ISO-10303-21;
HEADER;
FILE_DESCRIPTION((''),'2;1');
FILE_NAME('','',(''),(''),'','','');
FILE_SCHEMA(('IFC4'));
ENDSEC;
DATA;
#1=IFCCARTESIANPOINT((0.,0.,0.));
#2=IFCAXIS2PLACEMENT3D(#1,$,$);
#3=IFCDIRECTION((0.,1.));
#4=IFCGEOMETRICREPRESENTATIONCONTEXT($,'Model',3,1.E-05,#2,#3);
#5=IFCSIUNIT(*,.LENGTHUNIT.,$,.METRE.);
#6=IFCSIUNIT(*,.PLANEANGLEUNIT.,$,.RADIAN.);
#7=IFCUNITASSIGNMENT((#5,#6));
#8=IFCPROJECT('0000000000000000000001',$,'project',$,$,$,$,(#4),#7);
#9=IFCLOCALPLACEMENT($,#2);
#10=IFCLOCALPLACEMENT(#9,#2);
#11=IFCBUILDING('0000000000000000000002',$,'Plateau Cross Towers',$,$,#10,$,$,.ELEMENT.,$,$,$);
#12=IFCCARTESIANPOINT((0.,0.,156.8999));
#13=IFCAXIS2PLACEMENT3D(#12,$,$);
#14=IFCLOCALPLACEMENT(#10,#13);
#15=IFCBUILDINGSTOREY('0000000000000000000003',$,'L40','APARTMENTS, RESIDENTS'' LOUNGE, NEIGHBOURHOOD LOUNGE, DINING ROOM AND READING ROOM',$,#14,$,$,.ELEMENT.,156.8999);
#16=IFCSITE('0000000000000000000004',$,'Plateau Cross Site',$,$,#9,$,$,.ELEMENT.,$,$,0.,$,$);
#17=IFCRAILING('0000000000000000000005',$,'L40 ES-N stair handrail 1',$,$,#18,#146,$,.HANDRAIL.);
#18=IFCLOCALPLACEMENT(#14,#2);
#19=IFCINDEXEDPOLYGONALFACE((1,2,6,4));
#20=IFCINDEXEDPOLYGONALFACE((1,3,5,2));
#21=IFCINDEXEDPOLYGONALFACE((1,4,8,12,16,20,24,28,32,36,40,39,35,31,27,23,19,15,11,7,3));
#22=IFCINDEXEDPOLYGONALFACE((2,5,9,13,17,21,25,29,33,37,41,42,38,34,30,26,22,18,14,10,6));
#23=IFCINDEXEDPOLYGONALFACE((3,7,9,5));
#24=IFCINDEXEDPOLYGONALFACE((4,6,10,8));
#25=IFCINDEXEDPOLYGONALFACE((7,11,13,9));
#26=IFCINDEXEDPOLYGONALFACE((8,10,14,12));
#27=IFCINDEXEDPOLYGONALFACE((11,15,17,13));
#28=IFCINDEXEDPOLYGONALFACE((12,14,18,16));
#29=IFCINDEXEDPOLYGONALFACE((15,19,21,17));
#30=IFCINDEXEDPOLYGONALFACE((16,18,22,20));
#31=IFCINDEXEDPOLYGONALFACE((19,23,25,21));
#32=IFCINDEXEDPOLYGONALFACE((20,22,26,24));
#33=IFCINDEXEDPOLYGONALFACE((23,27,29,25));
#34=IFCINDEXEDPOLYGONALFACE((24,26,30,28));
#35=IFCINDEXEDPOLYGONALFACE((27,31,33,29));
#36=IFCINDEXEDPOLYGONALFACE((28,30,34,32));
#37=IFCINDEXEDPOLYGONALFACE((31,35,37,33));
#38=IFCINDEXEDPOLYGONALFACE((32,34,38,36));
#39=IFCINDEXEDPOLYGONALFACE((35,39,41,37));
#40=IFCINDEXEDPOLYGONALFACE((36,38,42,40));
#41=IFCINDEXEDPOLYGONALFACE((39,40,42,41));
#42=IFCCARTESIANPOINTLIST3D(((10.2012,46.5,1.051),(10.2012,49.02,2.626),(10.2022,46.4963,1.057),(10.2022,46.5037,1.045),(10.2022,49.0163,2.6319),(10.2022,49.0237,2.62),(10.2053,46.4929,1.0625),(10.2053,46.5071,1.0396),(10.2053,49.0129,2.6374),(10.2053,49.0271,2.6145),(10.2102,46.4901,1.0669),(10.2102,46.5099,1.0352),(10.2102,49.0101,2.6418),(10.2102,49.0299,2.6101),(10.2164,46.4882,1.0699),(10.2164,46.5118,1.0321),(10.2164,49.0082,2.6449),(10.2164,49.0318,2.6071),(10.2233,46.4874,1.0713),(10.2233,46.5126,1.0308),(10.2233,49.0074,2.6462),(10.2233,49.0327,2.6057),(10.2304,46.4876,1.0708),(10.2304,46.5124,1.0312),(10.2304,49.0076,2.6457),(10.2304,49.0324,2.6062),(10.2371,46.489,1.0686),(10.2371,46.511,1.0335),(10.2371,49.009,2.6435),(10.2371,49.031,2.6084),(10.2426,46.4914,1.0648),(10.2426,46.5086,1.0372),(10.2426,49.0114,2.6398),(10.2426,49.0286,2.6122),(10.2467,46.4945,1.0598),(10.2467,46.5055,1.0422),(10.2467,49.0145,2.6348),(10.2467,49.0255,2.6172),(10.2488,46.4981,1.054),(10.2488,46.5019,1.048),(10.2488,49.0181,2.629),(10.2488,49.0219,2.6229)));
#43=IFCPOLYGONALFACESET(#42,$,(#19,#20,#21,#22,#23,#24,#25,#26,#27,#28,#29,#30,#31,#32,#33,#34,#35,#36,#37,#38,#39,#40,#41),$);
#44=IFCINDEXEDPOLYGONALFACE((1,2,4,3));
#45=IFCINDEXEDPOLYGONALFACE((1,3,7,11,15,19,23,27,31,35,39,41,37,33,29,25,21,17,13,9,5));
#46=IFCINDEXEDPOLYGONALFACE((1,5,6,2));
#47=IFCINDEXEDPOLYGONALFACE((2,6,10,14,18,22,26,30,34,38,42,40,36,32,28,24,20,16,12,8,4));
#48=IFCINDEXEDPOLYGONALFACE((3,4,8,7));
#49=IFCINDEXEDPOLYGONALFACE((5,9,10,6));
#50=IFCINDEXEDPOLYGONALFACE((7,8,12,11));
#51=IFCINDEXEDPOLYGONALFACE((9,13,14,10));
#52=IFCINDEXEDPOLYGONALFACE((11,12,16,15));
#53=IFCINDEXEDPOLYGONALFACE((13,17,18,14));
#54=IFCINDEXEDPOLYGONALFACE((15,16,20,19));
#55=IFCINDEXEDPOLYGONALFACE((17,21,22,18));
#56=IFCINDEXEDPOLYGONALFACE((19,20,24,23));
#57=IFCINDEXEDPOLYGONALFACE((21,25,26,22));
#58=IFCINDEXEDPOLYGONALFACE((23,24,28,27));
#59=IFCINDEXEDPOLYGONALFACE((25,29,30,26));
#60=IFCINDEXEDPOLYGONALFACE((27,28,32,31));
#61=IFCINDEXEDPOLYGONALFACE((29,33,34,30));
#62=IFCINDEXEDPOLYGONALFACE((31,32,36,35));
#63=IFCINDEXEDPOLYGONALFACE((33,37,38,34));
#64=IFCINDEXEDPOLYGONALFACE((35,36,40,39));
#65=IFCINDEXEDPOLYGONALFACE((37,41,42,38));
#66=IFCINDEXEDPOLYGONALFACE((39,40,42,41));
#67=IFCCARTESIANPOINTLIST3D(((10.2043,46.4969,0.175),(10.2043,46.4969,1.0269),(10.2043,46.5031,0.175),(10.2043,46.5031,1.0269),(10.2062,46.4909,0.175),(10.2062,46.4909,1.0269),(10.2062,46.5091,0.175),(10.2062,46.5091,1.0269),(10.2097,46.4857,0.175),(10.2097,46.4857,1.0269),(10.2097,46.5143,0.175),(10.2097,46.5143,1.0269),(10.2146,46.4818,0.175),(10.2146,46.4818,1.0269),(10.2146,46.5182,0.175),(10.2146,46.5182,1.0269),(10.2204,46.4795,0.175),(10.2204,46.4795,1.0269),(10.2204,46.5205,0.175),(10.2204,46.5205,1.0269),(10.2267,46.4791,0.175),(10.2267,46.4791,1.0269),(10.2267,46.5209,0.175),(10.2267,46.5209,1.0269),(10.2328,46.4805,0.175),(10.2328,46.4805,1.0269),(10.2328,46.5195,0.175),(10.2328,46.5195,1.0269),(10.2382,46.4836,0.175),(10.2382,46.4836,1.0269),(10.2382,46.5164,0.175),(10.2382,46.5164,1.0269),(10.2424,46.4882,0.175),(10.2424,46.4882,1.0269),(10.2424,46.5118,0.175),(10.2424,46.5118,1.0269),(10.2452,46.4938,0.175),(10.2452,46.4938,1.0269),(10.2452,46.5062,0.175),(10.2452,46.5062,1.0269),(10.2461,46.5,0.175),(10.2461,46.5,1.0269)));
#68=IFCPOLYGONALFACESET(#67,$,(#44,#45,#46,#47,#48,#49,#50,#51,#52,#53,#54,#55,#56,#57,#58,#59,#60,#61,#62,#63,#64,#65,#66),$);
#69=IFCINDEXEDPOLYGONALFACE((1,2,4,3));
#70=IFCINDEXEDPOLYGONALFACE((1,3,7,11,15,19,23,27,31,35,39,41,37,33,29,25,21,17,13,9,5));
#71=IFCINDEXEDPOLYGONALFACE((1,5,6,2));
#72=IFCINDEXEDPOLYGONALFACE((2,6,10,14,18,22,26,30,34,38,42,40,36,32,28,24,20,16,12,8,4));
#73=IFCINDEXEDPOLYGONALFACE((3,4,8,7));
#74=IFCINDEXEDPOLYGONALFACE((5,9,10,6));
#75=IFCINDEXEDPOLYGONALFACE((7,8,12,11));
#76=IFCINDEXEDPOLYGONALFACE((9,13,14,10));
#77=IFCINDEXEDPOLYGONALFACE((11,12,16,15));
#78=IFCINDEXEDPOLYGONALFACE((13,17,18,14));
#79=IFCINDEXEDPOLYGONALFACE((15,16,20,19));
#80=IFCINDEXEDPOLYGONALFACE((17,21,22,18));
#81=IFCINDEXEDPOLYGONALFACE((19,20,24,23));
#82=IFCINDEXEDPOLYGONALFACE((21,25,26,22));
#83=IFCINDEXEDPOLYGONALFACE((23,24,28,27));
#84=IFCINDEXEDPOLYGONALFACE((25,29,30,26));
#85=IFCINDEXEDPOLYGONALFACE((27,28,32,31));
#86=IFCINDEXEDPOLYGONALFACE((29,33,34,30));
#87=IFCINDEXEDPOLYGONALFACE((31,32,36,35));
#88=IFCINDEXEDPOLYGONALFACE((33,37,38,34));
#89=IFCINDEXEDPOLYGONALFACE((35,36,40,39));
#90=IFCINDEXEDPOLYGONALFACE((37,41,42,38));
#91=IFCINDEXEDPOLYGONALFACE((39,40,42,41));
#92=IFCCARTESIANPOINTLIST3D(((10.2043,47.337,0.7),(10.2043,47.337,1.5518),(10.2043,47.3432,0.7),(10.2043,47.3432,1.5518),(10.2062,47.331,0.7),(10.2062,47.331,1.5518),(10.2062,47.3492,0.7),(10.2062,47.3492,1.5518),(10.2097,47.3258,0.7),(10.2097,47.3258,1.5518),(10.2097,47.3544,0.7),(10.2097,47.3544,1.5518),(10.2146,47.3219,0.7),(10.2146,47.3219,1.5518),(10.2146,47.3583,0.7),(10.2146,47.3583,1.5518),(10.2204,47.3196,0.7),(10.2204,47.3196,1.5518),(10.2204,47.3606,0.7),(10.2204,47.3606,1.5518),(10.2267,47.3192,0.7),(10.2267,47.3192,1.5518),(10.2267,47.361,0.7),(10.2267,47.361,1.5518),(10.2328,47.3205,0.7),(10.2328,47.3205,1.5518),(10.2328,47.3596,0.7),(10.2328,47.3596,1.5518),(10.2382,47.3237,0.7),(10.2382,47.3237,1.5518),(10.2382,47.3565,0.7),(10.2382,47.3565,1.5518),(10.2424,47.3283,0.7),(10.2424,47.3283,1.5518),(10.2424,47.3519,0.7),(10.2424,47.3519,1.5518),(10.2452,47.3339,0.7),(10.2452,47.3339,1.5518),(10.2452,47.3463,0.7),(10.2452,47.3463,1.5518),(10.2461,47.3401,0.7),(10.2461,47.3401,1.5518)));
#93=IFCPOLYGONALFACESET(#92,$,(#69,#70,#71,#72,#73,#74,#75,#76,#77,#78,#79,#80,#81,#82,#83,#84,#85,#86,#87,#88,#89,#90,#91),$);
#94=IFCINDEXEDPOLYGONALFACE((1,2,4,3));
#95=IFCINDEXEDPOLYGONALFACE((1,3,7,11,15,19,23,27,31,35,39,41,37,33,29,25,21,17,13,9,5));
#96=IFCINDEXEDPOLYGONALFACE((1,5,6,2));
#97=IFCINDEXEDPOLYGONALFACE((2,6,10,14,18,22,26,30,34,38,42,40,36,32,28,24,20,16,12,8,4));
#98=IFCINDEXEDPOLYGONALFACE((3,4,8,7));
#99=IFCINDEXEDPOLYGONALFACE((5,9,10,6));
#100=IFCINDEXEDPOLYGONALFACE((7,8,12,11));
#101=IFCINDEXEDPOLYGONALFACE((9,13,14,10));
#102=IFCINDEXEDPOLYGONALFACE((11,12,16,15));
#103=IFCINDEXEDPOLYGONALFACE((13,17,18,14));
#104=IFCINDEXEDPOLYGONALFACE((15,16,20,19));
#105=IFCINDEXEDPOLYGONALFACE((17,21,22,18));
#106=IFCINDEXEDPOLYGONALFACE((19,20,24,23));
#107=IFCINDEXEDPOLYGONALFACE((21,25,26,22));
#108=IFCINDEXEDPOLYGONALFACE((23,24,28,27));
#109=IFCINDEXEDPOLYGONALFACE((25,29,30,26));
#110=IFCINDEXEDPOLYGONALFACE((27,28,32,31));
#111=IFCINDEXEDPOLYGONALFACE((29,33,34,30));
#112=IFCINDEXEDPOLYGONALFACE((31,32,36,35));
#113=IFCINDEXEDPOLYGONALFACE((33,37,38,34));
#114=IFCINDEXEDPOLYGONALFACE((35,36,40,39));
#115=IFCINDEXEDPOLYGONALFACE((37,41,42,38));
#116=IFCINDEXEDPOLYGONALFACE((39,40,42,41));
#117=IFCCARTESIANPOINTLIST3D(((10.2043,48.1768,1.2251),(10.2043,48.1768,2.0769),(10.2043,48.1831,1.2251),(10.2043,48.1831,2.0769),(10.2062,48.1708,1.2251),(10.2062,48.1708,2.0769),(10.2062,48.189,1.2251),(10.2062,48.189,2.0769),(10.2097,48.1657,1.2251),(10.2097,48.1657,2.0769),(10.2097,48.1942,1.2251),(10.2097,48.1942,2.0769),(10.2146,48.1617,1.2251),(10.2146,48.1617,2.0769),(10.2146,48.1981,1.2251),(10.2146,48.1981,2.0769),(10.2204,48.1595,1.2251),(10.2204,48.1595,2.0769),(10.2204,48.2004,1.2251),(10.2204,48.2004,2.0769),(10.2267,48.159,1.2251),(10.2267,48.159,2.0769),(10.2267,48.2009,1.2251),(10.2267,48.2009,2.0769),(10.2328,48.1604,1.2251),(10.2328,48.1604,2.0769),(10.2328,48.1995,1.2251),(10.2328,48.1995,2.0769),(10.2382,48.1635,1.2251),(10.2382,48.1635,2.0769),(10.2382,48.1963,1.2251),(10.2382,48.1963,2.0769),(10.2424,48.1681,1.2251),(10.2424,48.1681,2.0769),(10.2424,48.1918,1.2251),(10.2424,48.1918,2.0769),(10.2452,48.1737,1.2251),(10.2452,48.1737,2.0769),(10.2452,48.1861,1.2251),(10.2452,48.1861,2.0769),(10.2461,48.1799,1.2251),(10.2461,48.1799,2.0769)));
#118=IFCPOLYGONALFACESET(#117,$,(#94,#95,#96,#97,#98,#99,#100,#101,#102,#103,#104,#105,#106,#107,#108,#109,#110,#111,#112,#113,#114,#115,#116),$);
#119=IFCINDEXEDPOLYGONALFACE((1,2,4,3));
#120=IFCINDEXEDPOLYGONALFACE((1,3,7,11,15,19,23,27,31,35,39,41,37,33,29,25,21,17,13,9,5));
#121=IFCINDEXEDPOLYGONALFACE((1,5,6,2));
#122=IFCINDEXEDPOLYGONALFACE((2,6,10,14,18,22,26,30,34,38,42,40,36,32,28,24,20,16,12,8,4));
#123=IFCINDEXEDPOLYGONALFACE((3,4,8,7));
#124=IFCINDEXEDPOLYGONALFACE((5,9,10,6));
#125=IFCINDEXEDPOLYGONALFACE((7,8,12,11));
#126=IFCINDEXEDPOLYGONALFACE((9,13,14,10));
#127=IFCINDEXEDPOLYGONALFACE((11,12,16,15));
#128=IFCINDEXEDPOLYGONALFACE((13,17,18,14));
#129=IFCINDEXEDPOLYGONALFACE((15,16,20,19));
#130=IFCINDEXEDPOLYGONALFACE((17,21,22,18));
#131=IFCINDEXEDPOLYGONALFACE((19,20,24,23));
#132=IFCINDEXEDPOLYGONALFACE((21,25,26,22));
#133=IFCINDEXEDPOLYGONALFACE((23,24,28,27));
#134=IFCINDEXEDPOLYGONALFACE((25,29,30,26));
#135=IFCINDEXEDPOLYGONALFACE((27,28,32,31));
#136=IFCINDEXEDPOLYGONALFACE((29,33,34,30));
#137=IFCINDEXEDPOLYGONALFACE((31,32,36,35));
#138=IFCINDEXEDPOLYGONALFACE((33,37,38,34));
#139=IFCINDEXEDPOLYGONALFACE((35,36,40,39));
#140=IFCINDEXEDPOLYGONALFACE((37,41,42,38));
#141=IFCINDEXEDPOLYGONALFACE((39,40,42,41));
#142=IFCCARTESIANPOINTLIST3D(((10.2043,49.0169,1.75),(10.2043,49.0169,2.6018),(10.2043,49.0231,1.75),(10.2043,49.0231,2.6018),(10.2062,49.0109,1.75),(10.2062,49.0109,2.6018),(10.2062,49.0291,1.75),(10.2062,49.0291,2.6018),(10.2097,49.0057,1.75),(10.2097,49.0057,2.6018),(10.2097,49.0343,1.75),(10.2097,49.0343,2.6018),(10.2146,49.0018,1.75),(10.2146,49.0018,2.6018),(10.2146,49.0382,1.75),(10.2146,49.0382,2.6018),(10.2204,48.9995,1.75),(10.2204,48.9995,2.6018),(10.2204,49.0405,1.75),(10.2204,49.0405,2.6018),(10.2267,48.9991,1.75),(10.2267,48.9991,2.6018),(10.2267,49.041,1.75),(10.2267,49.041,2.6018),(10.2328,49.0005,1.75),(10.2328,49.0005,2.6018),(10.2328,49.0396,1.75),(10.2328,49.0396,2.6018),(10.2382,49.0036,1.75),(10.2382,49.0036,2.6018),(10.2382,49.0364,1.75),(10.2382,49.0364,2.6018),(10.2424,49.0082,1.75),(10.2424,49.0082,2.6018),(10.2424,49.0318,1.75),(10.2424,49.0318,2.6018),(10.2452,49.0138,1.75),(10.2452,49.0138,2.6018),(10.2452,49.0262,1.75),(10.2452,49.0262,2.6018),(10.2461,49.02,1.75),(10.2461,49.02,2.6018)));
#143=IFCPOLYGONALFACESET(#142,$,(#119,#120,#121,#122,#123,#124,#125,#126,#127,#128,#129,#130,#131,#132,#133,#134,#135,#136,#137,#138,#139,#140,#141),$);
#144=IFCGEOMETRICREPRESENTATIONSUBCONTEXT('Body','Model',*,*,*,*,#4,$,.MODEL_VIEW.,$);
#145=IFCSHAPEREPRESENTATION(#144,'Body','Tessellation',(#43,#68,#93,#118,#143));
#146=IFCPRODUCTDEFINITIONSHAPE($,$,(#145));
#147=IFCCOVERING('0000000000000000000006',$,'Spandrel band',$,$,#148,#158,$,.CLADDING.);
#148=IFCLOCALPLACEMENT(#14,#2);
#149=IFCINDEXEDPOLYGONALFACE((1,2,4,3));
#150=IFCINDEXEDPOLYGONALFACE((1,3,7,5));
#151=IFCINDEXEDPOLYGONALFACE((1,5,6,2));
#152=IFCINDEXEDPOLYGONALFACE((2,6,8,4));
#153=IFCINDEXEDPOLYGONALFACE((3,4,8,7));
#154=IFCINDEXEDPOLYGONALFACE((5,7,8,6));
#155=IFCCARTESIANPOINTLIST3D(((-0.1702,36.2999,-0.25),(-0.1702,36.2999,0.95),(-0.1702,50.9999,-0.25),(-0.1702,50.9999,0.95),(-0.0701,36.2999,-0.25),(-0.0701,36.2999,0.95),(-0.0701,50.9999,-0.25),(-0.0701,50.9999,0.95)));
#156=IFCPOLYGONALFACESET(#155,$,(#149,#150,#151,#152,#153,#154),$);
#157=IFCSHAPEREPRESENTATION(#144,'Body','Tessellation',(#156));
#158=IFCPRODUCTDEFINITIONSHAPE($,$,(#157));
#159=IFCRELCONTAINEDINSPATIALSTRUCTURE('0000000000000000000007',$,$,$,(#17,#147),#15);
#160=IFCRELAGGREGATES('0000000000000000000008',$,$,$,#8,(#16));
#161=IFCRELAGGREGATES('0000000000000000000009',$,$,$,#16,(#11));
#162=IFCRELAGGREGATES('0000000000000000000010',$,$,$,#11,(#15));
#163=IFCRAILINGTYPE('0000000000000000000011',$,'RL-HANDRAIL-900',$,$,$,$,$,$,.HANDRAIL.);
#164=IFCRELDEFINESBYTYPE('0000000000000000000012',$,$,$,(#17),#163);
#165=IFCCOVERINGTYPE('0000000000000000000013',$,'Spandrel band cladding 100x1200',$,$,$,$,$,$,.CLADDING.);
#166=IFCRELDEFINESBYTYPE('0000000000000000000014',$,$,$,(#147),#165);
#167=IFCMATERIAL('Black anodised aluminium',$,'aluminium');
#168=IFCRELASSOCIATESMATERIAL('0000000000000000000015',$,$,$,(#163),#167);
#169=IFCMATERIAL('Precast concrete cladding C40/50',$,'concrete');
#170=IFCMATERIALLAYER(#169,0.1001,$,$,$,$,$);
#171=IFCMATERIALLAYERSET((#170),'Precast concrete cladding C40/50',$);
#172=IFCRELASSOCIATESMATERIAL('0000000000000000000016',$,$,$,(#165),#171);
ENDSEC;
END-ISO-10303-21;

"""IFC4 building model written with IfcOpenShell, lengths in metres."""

from ifc_helpers import new_model, si_unit, direction, frame, origin, origin_2d, place, context, subcontext, project, spatial, rectangle, circle, extrude, material, layer, layer_set, type_object, element, save


model = new_model("IFC4")

# Units and contexts
model_context = context("Model", 3, precision=1e-05, world=origin(), true_north=direction((0.0, 1.0)))
body_context = subcontext(model_context, "Body", "Model", "MODEL_VIEW")
ifc_project = project(units=[si_unit("LENGTHUNIT", "METRE"), si_unit("PLANEANGLEUNIT", "RADIAN")], contexts=[model_context])

# Site, building, storey
site_placement = place(None, origin())
site = spatial("IfcSite", under=ifc_project, at=site_placement, Name="Plateau Cross Site", CompositionType="ELEMENT", RefElevation=0.0)
building_placement = place(site_placement, origin())
building = spatial("IfcBuilding", under=site, at=building_placement, Name="Plateau Cross Towers", CompositionType="ELEMENT")
storey_placement = place(building_placement, frame((0.0, 0.0, 156.8999)))
storey = spatial("IfcBuildingStorey", under=building, at=storey_placement, Name="L40", Description="APARTMENTS, RESIDENTS' LOUNGE, NEIGHBOURHOOD LOUNGE, DINING ROOM AND READING ROOM", CompositionType="ELEMENT", Elevation=156.8999)

# Shared definitions
ifc_material_1 = material(Name="Black anodised aluminium", Category="aluminium")

# Railing
railing_type_1 = type_object("IfcRailingType", Name="RL-HANDRAIL-900", PredefinedType="HANDRAIL", material=ifc_material_1)
railing_1_placement = place(storey_placement, frame((10.2251, 46.5, 0.175)))
element("IfcRailing", 1, at=railing_1_placement, inside=storey, type_object=railing_type_1, Name="L40 ES-N stair handrail 1", PredefinedType="HANDRAIL", context=body_context, shape_type="SweptSolid", body=[
    extrude(circle(Radius=0.0239, at=origin_2d()), frame((0.0, 0.0, 0.876), z_axis=(0.0, 0.848008, 0.529984), x_axis=(-1.0, 0.0, 0.0)), (0.0, 0.0, 1.0), 2.9717),
    extrude(circle(Radius=0.021, at=origin_2d()), origin(), (0.0, 0.0, 1.0), 0.8518),
    extrude(circle(Radius=0.021, at=origin_2d()), frame((0.0, 0.8401, 0.5249)), (0.0, 0.0, 1.0), 0.8518),
    extrude(circle(Radius=0.021, at=origin_2d()), frame((0.0, 1.6799, 1.05)), (0.0, 0.0, 1.0), 0.8518),
    extrude(circle(Radius=0.021, at=origin_2d()), frame((0.0, 2.52, 1.575)), (0.0, 0.0, 1.0), 0.8518),
])

# Covering
ifc_material_2 = material(Name="Precast concrete cladding C40/50", Category="concrete")
ifc_layer_1 = layer(ifc_material_2, 0.1001)
ifc_layer_set_1 = layer_set([ifc_layer_1], Name="Precast concrete cladding C40/50")
covering_type = type_object("IfcCoveringType", Name="Spandrel band cladding 100x1200", PredefinedType="CLADDING", material=ifc_layer_set_1)
covering_placement = place(storey_placement, frame((-0.1201, 43.6499, -0.25), z_axis=(0.0, 0.0, 1.0), x_axis=(0.0, -1.0, 0.0)))
element("IfcCovering", 2, at=covering_placement, inside=storey, type_object=covering_type, Name="Spandrel band", PredefinedType="CLADDING", context=body_context, shape_type="SweptSolid", body=[
    extrude(rectangle(XDim=14.7, YDim=0.1001, at=origin_2d()), origin(), (0.0, 0.0, 1.0), 1.2),
])

save(model, "model.ifc")
